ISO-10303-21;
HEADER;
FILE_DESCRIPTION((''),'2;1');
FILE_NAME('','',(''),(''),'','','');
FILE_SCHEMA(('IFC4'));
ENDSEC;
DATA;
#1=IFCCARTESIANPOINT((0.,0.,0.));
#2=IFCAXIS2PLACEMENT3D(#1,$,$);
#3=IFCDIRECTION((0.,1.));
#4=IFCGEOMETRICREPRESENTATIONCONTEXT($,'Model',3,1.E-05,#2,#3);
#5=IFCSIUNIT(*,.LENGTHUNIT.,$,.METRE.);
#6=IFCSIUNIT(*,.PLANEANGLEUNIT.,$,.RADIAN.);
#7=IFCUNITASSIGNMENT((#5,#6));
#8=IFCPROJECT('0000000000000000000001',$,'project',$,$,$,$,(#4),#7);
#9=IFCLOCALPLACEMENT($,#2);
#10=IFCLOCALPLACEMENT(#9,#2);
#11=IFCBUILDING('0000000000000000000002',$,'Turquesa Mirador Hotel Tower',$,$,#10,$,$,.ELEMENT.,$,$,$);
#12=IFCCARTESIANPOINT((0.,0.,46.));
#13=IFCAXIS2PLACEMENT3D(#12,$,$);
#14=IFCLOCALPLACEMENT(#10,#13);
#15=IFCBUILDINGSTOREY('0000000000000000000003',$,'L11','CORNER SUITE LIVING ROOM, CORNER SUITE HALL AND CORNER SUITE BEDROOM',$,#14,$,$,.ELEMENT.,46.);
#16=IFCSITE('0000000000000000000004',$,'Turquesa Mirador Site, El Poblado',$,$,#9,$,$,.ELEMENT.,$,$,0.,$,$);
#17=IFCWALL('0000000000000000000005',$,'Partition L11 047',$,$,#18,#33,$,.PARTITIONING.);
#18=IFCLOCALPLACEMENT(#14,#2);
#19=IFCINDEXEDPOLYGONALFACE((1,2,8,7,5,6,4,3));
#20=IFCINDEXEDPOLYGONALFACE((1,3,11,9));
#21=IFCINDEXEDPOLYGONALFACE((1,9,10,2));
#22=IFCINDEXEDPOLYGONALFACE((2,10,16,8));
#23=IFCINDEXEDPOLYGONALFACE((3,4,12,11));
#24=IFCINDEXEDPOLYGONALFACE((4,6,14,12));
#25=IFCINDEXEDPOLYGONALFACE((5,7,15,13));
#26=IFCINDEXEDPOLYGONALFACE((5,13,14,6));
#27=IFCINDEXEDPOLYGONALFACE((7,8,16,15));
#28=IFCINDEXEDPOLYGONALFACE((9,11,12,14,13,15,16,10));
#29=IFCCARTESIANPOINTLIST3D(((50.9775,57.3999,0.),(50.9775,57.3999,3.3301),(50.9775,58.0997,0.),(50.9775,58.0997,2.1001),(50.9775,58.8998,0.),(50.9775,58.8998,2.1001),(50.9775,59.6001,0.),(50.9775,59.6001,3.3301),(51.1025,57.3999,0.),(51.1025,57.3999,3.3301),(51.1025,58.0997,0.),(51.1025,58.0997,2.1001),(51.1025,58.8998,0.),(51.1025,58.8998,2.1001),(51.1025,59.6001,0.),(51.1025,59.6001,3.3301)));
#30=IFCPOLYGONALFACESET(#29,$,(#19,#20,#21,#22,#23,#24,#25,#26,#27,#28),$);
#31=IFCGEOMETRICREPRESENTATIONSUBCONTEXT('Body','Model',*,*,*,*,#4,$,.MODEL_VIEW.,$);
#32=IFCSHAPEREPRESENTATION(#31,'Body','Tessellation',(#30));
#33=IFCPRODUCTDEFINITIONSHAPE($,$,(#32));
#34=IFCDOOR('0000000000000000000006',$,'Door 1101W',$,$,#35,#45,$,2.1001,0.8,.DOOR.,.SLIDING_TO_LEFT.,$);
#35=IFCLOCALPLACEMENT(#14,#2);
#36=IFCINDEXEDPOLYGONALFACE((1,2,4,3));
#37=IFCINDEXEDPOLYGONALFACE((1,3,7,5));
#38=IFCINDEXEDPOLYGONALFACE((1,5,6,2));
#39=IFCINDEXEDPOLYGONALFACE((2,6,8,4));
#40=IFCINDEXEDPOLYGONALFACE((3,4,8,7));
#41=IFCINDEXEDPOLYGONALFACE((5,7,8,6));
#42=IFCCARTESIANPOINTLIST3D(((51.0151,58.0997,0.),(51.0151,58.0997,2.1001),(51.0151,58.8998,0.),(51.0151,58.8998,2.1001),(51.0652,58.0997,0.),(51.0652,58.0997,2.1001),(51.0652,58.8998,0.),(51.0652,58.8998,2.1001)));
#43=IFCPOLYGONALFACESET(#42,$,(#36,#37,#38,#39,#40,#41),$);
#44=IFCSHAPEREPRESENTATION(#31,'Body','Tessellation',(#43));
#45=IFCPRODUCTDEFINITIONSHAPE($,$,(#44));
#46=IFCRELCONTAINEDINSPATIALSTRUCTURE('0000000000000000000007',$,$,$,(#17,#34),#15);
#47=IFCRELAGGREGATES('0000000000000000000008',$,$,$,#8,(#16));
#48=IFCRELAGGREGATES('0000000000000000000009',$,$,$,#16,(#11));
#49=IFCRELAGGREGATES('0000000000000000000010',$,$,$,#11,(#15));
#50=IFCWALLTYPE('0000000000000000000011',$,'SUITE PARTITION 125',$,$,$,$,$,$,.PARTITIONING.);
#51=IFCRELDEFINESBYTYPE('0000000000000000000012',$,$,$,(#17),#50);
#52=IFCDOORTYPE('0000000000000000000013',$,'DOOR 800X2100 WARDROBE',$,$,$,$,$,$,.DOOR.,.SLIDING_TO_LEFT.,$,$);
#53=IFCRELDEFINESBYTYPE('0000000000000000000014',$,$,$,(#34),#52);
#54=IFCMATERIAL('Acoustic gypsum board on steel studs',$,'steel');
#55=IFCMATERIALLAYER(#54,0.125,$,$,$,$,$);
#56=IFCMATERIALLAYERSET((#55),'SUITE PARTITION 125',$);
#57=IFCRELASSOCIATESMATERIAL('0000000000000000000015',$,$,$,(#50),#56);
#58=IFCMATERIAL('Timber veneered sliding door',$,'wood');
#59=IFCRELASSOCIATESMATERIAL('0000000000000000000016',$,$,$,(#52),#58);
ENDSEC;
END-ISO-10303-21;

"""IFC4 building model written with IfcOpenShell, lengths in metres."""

from ifc_helpers import new_model, si_unit, direction, frame, frame_2d, origin, place, context, subcontext, project, spatial, rectangle, extrude, material, layer, layer_set, type_object, element, fill, save


model = new_model("IFC4")

# Units and contexts
model_context = context("Model", 3, precision=1e-05, world=origin(), true_north=direction((0.0, 1.0)))
body_context = subcontext(model_context, "Body", "Model", "MODEL_VIEW")
ifc_project = project(units=[si_unit("LENGTHUNIT", "METRE"), si_unit("PLANEANGLEUNIT", "RADIAN")], contexts=[model_context])

# Site, building, storey
site_placement = place(None, origin())
site = spatial("IfcSite", under=ifc_project, at=site_placement, Name="Turquesa Mirador Site, El Poblado", CompositionType="ELEMENT", RefElevation=0.0)
building_placement = place(site_placement, origin())
building = spatial("IfcBuilding", under=site, at=building_placement, Name="Turquesa Mirador Hotel Tower", CompositionType="ELEMENT")
storey_placement = place(building_placement, frame((0.0, 0.0, 46.0)))
storey = spatial("IfcBuildingStorey", under=building, at=storey_placement, Name="L11", Description="CORNER SUITE LIVING ROOM, CORNER SUITE HALL AND CORNER SUITE BEDROOM", CompositionType="ELEMENT", Elevation=46.0)

# Shared definitions
ifc_material_1 = material(Name="Acoustic gypsum board on steel studs", Category="steel")
ifc_layer_1 = layer(ifc_material_1, 0.125)
ifc_layer_set_1 = layer_set([ifc_layer_1], Name="SUITE PARTITION 125")
wall_type_1 = type_object("IfcWallType", Name="SUITE PARTITION 125", PredefinedType="PARTITIONING", material=ifc_layer_set_1)

# Wall, opening, door
wall_1_placement = place(storey_placement, frame((51.04, 57.3999, 0.0), z_axis=(0.0, 0.0, 1.0), x_axis=(0.0, 1.0, 0.0)))
wall_1 = element("IfcWall", 1, at=wall_1_placement, inside=storey, type_object=wall_type_1, Name="Partition L11 047", PredefinedType="PARTITIONING", context=body_context, shape_type="SweptSolid", body=[
    extrude(rectangle(XDim=2.2002, YDim=0.125, at=frame_2d((1.1001, 0.0))), origin(), (0.0, 0.0, 1.0), 3.3301),
])
opening_1_placement = place(wall_1_placement, frame((0.7, 0.0, 0.0)))
opening_1 = element("IfcOpeningElement", 2, at=opening_1_placement, cuts=wall_1, PredefinedType="OPENING", context=body_context, shape_type="SweptSolid", body=[
    extrude(rectangle(XDim=0.8, YDim=2.1001, at=frame_2d((0.3999, 1.05))), frame((0.0, 0.0725, 0.0), z_axis=(0.0, -1.0, 0.0), x_axis=(1.0, 0.0, 0.0)), (0.0, 0.0, 1.0), 0.145),
])
ifc_material_2 = material(Name="Timber veneered sliding door", Category="wood")
door_type_1 = type_object("IfcDoorType", Name="DOOR 800X2100 WARDROBE", OperationType="SLIDING_TO_LEFT", PredefinedType="DOOR", material=ifc_material_2)
door_1_placement = place(opening_1_placement, origin())
door_1 = element("IfcDoor", 3, at=door_1_placement, inside=storey, type_object=door_type_1, Name="Door 1101W", OperationType="SLIDING_TO_LEFT", OverallHeight=2.1001, OverallWidth=0.8, PredefinedType="DOOR", context=body_context, shape_type="SweptSolid", body=[
    extrude(rectangle(XDim=0.8, YDim=2.1001, at=frame_2d((0.3999, 1.05))), frame((0.0, 0.0249, 0.0), z_axis=(0.0, -1.0, 0.0), x_axis=(1.0, 0.0, 0.0)), (0.0, 0.0, 1.0), 0.05),
])
fill(opening_1, door_1)

save(model, "model.ifc")
